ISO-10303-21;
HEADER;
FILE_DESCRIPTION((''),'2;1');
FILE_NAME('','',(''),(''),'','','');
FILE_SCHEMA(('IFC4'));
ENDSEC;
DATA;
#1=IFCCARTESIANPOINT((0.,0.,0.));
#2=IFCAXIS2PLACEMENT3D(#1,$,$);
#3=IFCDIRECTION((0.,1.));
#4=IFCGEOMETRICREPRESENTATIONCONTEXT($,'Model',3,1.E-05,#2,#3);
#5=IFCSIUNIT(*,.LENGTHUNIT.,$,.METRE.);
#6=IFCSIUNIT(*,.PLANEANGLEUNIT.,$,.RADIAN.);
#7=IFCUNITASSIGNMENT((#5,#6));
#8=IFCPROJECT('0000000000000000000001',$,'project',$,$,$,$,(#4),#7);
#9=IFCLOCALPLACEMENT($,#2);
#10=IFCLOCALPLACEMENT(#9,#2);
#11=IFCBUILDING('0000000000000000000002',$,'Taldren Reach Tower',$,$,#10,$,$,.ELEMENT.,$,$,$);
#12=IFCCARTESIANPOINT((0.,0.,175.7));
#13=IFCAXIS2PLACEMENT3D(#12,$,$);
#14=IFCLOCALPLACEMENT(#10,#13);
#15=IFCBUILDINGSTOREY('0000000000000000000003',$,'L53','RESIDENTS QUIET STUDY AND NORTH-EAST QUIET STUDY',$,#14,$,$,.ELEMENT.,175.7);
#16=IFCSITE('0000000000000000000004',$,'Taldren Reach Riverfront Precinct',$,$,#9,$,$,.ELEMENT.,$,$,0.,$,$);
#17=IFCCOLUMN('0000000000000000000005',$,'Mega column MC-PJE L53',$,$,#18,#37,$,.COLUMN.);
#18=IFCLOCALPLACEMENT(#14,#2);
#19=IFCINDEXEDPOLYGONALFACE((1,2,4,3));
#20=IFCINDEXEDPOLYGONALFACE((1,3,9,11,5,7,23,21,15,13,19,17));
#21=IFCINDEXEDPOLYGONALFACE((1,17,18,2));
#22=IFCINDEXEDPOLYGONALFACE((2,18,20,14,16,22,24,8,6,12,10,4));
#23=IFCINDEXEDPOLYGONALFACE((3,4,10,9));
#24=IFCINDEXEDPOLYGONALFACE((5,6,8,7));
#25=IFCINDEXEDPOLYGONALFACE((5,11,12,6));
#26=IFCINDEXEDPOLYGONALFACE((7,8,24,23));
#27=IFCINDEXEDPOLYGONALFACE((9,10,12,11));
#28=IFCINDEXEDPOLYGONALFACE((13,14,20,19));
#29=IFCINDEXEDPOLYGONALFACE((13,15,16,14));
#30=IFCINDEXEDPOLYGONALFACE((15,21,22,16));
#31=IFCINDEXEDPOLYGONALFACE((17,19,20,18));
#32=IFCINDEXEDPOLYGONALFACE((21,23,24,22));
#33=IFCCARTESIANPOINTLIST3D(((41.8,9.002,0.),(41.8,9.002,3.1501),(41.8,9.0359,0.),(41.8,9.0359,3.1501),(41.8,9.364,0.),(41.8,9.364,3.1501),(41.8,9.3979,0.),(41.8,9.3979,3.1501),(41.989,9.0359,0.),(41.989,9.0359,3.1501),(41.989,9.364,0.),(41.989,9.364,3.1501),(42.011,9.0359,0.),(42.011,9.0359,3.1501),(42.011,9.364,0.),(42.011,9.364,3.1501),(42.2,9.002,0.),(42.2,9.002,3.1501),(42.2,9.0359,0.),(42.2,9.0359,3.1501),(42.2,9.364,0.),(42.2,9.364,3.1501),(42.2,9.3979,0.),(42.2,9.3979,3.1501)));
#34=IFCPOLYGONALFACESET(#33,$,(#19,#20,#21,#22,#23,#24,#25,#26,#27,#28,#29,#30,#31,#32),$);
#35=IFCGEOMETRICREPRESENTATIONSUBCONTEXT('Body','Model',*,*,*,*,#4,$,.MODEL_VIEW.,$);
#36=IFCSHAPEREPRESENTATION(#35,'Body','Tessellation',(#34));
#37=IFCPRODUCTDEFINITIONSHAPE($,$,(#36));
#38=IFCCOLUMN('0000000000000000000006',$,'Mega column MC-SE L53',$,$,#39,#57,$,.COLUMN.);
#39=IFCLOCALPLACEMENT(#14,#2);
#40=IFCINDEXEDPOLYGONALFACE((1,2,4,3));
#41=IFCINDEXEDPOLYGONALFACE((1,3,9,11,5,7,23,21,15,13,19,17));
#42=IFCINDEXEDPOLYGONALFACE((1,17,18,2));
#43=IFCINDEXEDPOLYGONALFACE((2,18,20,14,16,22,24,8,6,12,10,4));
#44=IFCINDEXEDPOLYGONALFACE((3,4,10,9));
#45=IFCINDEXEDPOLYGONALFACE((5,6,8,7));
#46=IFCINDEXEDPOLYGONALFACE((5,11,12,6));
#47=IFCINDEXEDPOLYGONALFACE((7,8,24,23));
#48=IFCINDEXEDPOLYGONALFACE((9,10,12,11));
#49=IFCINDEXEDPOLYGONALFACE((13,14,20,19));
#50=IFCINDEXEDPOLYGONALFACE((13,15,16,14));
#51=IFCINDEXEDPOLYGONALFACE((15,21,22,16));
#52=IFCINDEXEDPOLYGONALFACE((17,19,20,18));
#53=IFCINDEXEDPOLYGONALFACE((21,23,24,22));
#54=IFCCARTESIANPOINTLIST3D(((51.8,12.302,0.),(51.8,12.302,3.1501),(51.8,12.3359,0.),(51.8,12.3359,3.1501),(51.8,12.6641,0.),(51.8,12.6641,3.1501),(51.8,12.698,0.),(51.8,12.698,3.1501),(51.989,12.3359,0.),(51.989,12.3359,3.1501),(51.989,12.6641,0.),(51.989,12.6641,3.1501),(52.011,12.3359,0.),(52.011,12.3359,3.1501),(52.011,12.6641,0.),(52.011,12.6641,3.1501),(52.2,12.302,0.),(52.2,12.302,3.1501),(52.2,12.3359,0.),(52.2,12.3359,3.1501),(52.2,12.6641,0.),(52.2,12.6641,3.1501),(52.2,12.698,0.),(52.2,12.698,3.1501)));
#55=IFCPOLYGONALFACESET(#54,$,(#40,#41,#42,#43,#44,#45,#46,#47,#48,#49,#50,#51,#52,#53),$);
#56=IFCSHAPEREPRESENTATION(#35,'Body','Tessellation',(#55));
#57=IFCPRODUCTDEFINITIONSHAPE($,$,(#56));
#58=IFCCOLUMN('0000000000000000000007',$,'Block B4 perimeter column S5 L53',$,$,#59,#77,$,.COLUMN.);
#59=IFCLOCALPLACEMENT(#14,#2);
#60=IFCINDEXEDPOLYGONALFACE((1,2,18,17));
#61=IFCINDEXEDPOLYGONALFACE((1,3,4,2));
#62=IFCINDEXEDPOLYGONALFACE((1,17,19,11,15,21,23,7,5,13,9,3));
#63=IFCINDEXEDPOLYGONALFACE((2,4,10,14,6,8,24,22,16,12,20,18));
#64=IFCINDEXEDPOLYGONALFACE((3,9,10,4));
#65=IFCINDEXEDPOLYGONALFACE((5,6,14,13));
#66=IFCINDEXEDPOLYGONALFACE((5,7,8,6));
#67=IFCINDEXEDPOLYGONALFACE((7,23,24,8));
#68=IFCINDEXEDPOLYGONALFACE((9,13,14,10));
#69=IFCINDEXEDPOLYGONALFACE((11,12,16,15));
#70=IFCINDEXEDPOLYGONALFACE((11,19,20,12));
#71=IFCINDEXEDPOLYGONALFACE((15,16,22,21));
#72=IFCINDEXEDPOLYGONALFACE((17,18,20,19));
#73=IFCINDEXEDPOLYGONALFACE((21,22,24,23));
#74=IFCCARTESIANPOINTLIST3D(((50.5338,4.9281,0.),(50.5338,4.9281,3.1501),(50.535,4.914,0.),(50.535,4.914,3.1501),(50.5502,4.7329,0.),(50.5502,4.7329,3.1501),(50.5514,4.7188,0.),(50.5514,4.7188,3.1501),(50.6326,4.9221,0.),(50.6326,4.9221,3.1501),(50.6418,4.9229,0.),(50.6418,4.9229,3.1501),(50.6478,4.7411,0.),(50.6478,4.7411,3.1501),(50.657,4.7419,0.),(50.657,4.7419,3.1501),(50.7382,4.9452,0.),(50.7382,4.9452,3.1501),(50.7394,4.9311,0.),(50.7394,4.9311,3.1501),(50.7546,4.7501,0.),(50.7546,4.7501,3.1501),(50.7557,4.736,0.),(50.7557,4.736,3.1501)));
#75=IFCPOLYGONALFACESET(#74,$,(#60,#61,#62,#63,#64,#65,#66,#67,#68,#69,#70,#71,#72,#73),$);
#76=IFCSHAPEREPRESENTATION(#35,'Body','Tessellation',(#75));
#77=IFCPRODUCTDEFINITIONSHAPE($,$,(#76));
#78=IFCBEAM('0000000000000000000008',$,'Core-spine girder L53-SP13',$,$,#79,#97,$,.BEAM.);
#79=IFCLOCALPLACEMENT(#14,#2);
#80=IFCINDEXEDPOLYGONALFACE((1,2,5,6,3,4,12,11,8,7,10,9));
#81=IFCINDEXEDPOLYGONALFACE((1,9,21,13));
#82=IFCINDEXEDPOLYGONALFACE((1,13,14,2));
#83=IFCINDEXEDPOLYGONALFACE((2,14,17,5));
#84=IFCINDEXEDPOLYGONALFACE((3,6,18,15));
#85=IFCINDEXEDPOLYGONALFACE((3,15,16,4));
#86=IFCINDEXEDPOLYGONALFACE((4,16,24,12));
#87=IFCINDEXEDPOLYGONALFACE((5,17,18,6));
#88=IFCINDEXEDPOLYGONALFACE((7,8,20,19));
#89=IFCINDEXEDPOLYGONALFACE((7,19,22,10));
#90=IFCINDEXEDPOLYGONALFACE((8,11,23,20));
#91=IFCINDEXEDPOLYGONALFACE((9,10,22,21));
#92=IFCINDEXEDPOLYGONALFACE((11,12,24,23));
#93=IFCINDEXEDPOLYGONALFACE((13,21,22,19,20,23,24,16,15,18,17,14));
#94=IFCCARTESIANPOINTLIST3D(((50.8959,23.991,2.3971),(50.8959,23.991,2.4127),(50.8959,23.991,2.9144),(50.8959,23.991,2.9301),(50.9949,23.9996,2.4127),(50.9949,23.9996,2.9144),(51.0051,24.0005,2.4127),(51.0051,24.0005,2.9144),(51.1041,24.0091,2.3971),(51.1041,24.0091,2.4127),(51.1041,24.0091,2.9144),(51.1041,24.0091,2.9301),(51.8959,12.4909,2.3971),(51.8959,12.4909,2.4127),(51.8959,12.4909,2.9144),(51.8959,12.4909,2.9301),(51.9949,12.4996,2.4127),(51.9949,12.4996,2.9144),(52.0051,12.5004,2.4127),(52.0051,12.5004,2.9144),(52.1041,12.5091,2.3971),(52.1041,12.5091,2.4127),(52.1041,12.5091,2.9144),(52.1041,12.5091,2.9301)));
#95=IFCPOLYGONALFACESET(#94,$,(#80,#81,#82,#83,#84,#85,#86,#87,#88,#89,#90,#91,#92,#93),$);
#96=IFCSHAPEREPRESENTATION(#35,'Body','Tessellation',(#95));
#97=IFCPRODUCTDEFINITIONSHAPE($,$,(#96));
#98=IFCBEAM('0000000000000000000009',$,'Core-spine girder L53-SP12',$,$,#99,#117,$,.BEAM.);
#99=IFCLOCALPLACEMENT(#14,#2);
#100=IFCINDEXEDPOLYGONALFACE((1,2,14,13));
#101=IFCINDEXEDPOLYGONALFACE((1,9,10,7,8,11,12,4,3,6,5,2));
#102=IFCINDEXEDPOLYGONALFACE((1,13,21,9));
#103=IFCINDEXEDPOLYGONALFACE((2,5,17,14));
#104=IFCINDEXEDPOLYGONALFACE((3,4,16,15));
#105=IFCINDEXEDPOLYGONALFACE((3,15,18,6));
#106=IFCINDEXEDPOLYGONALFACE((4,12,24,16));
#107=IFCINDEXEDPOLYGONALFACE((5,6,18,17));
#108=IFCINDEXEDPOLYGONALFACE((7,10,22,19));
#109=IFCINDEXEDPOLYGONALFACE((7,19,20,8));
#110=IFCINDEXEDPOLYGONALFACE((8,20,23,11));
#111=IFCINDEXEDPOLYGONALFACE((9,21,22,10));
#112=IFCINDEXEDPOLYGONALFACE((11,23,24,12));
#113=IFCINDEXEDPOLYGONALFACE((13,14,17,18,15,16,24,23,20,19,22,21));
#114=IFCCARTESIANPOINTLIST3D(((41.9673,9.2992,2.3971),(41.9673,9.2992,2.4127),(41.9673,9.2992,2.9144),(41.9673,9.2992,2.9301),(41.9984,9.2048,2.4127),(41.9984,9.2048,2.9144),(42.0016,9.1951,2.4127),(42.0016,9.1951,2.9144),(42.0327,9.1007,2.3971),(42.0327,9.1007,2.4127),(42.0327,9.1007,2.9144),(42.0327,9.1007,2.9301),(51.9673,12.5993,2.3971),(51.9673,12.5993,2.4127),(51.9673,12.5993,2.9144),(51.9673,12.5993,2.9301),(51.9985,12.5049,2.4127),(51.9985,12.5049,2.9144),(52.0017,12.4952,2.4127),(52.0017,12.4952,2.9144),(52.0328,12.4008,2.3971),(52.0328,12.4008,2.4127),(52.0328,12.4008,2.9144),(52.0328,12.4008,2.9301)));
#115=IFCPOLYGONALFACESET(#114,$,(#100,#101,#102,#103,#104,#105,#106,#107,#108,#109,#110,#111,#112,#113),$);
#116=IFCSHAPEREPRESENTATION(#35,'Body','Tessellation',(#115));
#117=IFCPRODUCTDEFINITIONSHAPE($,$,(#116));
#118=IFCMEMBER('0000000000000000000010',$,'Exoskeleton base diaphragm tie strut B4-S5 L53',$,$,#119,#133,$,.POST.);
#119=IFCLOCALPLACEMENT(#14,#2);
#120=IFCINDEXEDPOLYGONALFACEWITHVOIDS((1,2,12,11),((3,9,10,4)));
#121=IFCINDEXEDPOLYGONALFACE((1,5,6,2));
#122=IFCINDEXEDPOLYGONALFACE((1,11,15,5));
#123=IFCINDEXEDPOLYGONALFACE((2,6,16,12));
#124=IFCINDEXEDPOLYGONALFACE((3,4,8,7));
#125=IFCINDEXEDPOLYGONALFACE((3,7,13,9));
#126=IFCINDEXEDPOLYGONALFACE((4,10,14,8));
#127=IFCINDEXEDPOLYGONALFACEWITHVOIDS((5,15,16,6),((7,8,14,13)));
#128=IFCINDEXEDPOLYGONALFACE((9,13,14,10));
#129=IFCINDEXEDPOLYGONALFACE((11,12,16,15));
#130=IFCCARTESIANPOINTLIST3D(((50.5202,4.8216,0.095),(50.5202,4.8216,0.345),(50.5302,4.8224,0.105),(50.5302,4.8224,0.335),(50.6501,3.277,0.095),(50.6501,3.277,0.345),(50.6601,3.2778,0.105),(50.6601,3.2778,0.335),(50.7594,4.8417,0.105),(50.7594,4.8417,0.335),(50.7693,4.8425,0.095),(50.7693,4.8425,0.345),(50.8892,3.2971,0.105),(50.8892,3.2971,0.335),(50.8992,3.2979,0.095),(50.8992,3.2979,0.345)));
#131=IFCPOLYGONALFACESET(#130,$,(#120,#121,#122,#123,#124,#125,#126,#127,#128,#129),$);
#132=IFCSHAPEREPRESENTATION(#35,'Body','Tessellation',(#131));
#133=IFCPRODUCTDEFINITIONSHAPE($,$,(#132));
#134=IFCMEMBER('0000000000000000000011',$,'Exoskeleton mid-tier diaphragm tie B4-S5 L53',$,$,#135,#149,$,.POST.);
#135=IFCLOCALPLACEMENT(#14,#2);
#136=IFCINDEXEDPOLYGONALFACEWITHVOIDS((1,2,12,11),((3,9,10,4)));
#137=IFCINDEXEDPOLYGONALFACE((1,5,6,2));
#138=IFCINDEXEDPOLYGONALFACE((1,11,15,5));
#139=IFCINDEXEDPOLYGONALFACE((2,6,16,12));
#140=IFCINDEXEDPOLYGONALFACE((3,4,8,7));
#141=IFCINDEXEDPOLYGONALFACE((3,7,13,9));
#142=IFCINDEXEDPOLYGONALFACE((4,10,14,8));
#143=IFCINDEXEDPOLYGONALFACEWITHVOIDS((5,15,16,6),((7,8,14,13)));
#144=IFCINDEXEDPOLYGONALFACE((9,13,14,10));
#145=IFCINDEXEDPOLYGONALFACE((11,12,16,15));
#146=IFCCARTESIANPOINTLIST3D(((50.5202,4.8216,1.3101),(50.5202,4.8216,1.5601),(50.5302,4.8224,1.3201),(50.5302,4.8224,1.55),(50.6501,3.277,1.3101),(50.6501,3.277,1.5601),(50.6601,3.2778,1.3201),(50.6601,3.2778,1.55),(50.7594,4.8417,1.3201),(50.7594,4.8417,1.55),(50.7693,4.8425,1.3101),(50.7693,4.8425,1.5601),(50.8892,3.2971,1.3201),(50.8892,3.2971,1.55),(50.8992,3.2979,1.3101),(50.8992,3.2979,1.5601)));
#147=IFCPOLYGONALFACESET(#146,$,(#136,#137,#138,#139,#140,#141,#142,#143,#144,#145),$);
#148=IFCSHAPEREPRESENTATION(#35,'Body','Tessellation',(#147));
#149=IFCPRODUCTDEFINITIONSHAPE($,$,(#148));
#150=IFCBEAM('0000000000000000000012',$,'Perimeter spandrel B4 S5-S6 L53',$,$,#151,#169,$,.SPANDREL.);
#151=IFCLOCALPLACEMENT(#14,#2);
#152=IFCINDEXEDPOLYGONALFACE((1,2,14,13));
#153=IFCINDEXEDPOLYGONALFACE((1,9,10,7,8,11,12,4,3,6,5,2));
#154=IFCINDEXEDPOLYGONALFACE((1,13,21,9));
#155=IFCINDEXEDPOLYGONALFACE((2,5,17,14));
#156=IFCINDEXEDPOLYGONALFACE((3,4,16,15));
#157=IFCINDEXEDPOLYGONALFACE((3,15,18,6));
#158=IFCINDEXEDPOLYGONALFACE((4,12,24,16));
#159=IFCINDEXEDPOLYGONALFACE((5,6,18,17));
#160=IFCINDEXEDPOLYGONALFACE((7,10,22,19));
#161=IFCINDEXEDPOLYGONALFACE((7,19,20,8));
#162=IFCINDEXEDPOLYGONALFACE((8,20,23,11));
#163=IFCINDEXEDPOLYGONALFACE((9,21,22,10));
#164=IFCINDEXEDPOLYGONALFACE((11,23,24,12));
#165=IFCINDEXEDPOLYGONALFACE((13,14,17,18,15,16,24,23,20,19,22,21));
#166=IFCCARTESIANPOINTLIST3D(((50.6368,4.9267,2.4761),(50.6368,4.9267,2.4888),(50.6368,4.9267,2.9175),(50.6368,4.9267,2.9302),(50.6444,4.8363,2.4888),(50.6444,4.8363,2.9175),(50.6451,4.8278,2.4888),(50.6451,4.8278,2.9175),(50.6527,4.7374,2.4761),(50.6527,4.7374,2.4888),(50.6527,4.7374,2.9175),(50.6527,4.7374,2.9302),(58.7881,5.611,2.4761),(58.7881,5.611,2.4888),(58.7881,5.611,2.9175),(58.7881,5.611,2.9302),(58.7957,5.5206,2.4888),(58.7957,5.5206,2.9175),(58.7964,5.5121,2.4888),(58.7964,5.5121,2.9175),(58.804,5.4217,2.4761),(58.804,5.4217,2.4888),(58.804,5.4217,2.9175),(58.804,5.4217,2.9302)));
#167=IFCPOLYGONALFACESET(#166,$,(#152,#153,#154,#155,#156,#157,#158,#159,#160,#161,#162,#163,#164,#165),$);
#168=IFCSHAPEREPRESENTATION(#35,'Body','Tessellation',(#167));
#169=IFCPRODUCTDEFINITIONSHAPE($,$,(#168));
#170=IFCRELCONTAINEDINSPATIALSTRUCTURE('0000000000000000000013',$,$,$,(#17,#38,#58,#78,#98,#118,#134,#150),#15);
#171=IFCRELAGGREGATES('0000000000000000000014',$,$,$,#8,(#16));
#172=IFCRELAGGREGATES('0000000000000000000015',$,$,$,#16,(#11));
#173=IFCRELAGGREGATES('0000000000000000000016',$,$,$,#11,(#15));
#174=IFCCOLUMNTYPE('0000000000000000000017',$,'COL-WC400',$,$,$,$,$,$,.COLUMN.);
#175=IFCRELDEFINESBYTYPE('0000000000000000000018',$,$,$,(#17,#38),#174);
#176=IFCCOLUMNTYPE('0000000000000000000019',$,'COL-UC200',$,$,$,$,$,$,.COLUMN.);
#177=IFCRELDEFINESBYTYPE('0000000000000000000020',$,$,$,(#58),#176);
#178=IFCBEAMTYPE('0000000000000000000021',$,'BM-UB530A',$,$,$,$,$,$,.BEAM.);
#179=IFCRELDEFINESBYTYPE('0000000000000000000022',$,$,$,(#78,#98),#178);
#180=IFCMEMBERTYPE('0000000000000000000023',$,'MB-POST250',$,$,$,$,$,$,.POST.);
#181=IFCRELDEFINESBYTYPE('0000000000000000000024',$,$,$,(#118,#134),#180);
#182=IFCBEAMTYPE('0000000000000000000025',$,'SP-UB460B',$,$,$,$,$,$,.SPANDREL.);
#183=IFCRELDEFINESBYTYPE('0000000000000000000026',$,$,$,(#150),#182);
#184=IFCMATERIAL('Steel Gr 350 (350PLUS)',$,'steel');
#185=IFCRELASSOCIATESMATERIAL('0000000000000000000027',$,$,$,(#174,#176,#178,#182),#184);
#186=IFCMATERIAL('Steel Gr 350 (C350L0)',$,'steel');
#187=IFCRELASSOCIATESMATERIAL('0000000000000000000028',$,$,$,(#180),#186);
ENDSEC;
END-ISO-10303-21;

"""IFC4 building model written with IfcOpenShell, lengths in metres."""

from ifc_helpers import new_model, si_unit, direction, frame, origin, origin_2d, place, context, subcontext, project, spatial, hollow_rectangle, i_section, extrude, source, transform, mapped, material, material_profile, profile_set, type_object, element, save


model = new_model("IFC4")

# Units and contexts
model_context = context("Model", 3, precision=1e-05, world=origin(), true_north=direction((0.0, 1.0)))
body_context = subcontext(model_context, "Body", "Model", "MODEL_VIEW")
ifc_project = project(units=[si_unit("LENGTHUNIT", "METRE"), si_unit("PLANEANGLEUNIT", "RADIAN")], contexts=[model_context])

# Site, building, storey
site_placement = place(None, origin())
site = spatial("IfcSite", under=ifc_project, at=site_placement, Name="Taldren Reach Riverfront Precinct", CompositionType="ELEMENT", RefElevation=0.0)
building_placement = place(site_placement, origin())
building = spatial("IfcBuilding", under=site, at=building_placement, Name="Taldren Reach Tower", CompositionType="ELEMENT")
storey_placement = place(building_placement, frame((0.0, 0.0, 175.7)))
storey = spatial("IfcBuildingStorey", under=building, at=storey_placement, Name="L53", Description="RESIDENTS QUIET STUDY AND NORTH-EAST QUIET STUDY", CompositionType="ELEMENT", Elevation=175.7)

# Columns
ifc_material_1 = material(Name="Steel Gr 350 (350PLUS)", Category="steel")
ifc_material_profile_1 = material_profile(ifc_material_1, i_section(OverallWidth=0.3999, OverallDepth=0.396, WebThickness=0.022, FlangeThickness=0.0339, at=origin_2d()), Name="400WC270")
ifc_profile_set_1 = profile_set([ifc_material_profile_1], Name="Steel Gr 350 (350PLUS)")
column_type_1 = type_object("IfcColumnType", Name="COL-WC400", PredefinedType="COLUMN", material=ifc_profile_set_1)
shared_shape_1 = source(origin(), body_context, "Body", "SweptSolid", [
    extrude(i_section(OverallWidth=0.3999, OverallDepth=0.396, WebThickness=0.022, FlangeThickness=0.0339, at=origin_2d()), origin(), (0.0, 0.0, 1.0), 3.1501),
])
for number, where, z_axis, x_axis, name in (
    (1, (42.0, 9.2, 0.0), (0.0, 0.0, 1.0), (1.0, 0.0, 0.0), "Mega column MC-PJE L53"),
    (2, (52.0, 12.5, 0.0), (0.0, 0.0, 1.0), (1.0, 0.0, 0.0), "Mega column MC-SE L53"),
):
    element("IfcColumn", number, at=place(storey_placement, frame(where, z_axis=z_axis, x_axis=x_axis)), inside=storey, type_object=column_type_1, Name=name, PredefinedType="COLUMN", context=body_context, shape_type="MappedRepresentation", body=[
        mapped(shared_shape_1, transform((0.0, 0.0, 0.0), scale=1.0)),
    ])
ifc_material_profile_2 = material_profile(ifc_material_1, i_section(OverallWidth=0.2051, OverallDepth=0.21, WebThickness=0.0093, FlangeThickness=0.0142, at=origin_2d()), Name="200UC59.5")
ifc_profile_set_2 = profile_set([ifc_material_profile_2], Name="Steel Gr 350 (350PLUS)")
column_type_2 = type_object("IfcColumnType", Name="COL-UC200", PredefinedType="COLUMN", material=ifc_profile_set_2)
shared_shape_2 = source(origin(), body_context, "Body", "SweptSolid", [
    extrude(i_section(OverallWidth=0.2051, OverallDepth=0.21, WebThickness=0.0093, FlangeThickness=0.0142, at=origin_2d()), origin(), (0.0, 0.0, 1.0), 3.1501),
])
column_placement = place(storey_placement, frame((50.6448, 4.832, 0.0), z_axis=(0.0, 0.0, 1.0), x_axis=(0.996493, 0.083678, 0.0)))
element("IfcColumn", 3, at=column_placement, inside=storey, type_object=column_type_2, Name="Block B4 perimeter column S5 L53", PredefinedType="COLUMN", context=body_context, shape_type="MappedRepresentation", body=[
    mapped(shared_shape_2, transform((0.0, 0.0, 0.0), scale=1.0)),
])

# Beams
ifc_material_profile_3 = material_profile(ifc_material_1, i_section(OverallWidth=0.209, OverallDepth=0.533, WebThickness=0.0103, FlangeThickness=0.0156, at=origin_2d()), Name="530UB92.4")
ifc_profile_set_3 = profile_set([ifc_material_profile_3], Name="Steel Gr 350 (350PLUS)")
beam_type_1 = type_object("IfcBeamType", Name="BM-UB530A", PredefinedType="BEAM", material=ifc_profile_set_3)
shared_shape_3 = source(origin(), body_context, "Body", "SweptSolid", [
    extrude(i_section(OverallWidth=0.209, OverallDepth=0.533, WebThickness=0.0103, FlangeThickness=0.0156, at=origin_2d()), origin(), (0.0, 0.0, 1.0), 11.5435),
])
beam_1_placement = place(storey_placement, frame((52.0, 12.5, 2.6636), z_axis=(-0.08663, 0.996241, 0.0), x_axis=(-0.996241, -0.08663, 0.0)))
element("IfcBeam", 4, at=beam_1_placement, inside=storey, type_object=beam_type_1, Name="Core-spine girder L53-SP13", PredefinedType="BEAM", context=body_context, shape_type="MappedRepresentation", body=[
    mapped(shared_shape_3, transform((0.0, 0.0, 0.0), scale=1.0)),
])
shared_shape_4 = source(origin(), body_context, "Body", "SweptSolid", [
    extrude(i_section(OverallWidth=0.209, OverallDepth=0.533, WebThickness=0.0103, FlangeThickness=0.0156, at=origin_2d()), origin(), (0.0, 0.0, 1.0), 10.5305),
])
beam_2_placement = place(storey_placement, frame((42.0, 9.2, 2.6636), z_axis=(0.949627, 0.313382, 0.0), x_axis=(-0.313382, 0.949627, 0.0)))
element("IfcBeam", 5, at=beam_2_placement, inside=storey, type_object=beam_type_1, Name="Core-spine girder L53-SP12", PredefinedType="BEAM", context=body_context, shape_type="MappedRepresentation", body=[
    mapped(shared_shape_4, transform((0.0, 0.0, 0.0), scale=1.0)),
])

# Members
ifc_material_2 = material(Name="Steel Gr 350 (C350L0)", Category="steel")
ifc_material_profile_4 = material_profile(ifc_material_2, hollow_rectangle(XDim=0.25, YDim=0.25, WallThickness=0.01, at=origin_2d()), Name="250x250x10.0SHS")
ifc_profile_set_4 = profile_set([ifc_material_profile_4], Name="Steel Gr 350 (C350L0)")
member_type_1 = type_object("IfcMemberType", Name="MB-POST250", PredefinedType="POST", material=ifc_profile_set_4)
shared_shape_5 = source(origin(), body_context, "Body", "SweptSolid", [
    extrude(hollow_rectangle(XDim=0.25, YDim=0.25, WallThickness=0.01, at=origin_2d()), origin(), (0.0, 0.0, 1.0), 1.55),
])
for number, where, z_axis, x_axis, name in (
    (6, (50.6448, 4.832, 0.22), (0.083788, -0.996484, 0.0), (0.996484, 0.083788, 0.0), "Exoskeleton base diaphragm tie strut B4-S5 L53"),
    (7, (50.6448, 4.832, 1.4351), (0.083788, -0.996484, 0.0), (0.996484, 0.083788, 0.0), "Exoskeleton mid-tier diaphragm tie B4-S5 L53"),
):
    element("IfcMember", number, at=place(storey_placement, frame(where, z_axis=z_axis, x_axis=x_axis)), inside=storey, type_object=member_type_1, Name=name, PredefinedType="POST", context=body_context, shape_type="MappedRepresentation", body=[
        mapped(shared_shape_5, transform((0.0, 0.0, 0.0), scale=1.0)),
    ])

# Beam
ifc_material_profile_5 = material_profile(ifc_material_1, i_section(OverallWidth=0.1899, OverallDepth=0.4541, WebThickness=0.0085, FlangeThickness=0.0127, at=origin_2d()), Name="460UB67.1")
ifc_profile_set_5 = profile_set([ifc_material_profile_5], Name="Steel Gr 350 (350PLUS)")
beam_type_2 = type_object("IfcBeamType", Name="SP-UB460B", PredefinedType="SPANDREL", material=ifc_profile_set_5)
shared_shape_6 = source(origin(), body_context, "Body", "SweptSolid", [
    extrude(i_section(OverallWidth=0.1899, OverallDepth=0.4541, WebThickness=0.0085, FlangeThickness=0.0127, at=origin_2d()), origin(), (0.0, 0.0, 1.0), 8.1799),
])
beam_3_placement = place(storey_placement, frame((50.6448, 4.832, 2.7031), z_axis=(0.996495, 0.083658, 0.0), x_axis=(-0.083658, 0.996495, 0.0)))
element("IfcBeam", 8, at=beam_3_placement, inside=storey, type_object=beam_type_2, Name="Perimeter spandrel B4 S5-S6 L53", PredefinedType="SPANDREL", context=body_context, shape_type="MappedRepresentation", body=[
    mapped(shared_shape_6, transform((0.0, 0.0, 0.0), scale=1.0)),
])

save(model, "model.ifc")
